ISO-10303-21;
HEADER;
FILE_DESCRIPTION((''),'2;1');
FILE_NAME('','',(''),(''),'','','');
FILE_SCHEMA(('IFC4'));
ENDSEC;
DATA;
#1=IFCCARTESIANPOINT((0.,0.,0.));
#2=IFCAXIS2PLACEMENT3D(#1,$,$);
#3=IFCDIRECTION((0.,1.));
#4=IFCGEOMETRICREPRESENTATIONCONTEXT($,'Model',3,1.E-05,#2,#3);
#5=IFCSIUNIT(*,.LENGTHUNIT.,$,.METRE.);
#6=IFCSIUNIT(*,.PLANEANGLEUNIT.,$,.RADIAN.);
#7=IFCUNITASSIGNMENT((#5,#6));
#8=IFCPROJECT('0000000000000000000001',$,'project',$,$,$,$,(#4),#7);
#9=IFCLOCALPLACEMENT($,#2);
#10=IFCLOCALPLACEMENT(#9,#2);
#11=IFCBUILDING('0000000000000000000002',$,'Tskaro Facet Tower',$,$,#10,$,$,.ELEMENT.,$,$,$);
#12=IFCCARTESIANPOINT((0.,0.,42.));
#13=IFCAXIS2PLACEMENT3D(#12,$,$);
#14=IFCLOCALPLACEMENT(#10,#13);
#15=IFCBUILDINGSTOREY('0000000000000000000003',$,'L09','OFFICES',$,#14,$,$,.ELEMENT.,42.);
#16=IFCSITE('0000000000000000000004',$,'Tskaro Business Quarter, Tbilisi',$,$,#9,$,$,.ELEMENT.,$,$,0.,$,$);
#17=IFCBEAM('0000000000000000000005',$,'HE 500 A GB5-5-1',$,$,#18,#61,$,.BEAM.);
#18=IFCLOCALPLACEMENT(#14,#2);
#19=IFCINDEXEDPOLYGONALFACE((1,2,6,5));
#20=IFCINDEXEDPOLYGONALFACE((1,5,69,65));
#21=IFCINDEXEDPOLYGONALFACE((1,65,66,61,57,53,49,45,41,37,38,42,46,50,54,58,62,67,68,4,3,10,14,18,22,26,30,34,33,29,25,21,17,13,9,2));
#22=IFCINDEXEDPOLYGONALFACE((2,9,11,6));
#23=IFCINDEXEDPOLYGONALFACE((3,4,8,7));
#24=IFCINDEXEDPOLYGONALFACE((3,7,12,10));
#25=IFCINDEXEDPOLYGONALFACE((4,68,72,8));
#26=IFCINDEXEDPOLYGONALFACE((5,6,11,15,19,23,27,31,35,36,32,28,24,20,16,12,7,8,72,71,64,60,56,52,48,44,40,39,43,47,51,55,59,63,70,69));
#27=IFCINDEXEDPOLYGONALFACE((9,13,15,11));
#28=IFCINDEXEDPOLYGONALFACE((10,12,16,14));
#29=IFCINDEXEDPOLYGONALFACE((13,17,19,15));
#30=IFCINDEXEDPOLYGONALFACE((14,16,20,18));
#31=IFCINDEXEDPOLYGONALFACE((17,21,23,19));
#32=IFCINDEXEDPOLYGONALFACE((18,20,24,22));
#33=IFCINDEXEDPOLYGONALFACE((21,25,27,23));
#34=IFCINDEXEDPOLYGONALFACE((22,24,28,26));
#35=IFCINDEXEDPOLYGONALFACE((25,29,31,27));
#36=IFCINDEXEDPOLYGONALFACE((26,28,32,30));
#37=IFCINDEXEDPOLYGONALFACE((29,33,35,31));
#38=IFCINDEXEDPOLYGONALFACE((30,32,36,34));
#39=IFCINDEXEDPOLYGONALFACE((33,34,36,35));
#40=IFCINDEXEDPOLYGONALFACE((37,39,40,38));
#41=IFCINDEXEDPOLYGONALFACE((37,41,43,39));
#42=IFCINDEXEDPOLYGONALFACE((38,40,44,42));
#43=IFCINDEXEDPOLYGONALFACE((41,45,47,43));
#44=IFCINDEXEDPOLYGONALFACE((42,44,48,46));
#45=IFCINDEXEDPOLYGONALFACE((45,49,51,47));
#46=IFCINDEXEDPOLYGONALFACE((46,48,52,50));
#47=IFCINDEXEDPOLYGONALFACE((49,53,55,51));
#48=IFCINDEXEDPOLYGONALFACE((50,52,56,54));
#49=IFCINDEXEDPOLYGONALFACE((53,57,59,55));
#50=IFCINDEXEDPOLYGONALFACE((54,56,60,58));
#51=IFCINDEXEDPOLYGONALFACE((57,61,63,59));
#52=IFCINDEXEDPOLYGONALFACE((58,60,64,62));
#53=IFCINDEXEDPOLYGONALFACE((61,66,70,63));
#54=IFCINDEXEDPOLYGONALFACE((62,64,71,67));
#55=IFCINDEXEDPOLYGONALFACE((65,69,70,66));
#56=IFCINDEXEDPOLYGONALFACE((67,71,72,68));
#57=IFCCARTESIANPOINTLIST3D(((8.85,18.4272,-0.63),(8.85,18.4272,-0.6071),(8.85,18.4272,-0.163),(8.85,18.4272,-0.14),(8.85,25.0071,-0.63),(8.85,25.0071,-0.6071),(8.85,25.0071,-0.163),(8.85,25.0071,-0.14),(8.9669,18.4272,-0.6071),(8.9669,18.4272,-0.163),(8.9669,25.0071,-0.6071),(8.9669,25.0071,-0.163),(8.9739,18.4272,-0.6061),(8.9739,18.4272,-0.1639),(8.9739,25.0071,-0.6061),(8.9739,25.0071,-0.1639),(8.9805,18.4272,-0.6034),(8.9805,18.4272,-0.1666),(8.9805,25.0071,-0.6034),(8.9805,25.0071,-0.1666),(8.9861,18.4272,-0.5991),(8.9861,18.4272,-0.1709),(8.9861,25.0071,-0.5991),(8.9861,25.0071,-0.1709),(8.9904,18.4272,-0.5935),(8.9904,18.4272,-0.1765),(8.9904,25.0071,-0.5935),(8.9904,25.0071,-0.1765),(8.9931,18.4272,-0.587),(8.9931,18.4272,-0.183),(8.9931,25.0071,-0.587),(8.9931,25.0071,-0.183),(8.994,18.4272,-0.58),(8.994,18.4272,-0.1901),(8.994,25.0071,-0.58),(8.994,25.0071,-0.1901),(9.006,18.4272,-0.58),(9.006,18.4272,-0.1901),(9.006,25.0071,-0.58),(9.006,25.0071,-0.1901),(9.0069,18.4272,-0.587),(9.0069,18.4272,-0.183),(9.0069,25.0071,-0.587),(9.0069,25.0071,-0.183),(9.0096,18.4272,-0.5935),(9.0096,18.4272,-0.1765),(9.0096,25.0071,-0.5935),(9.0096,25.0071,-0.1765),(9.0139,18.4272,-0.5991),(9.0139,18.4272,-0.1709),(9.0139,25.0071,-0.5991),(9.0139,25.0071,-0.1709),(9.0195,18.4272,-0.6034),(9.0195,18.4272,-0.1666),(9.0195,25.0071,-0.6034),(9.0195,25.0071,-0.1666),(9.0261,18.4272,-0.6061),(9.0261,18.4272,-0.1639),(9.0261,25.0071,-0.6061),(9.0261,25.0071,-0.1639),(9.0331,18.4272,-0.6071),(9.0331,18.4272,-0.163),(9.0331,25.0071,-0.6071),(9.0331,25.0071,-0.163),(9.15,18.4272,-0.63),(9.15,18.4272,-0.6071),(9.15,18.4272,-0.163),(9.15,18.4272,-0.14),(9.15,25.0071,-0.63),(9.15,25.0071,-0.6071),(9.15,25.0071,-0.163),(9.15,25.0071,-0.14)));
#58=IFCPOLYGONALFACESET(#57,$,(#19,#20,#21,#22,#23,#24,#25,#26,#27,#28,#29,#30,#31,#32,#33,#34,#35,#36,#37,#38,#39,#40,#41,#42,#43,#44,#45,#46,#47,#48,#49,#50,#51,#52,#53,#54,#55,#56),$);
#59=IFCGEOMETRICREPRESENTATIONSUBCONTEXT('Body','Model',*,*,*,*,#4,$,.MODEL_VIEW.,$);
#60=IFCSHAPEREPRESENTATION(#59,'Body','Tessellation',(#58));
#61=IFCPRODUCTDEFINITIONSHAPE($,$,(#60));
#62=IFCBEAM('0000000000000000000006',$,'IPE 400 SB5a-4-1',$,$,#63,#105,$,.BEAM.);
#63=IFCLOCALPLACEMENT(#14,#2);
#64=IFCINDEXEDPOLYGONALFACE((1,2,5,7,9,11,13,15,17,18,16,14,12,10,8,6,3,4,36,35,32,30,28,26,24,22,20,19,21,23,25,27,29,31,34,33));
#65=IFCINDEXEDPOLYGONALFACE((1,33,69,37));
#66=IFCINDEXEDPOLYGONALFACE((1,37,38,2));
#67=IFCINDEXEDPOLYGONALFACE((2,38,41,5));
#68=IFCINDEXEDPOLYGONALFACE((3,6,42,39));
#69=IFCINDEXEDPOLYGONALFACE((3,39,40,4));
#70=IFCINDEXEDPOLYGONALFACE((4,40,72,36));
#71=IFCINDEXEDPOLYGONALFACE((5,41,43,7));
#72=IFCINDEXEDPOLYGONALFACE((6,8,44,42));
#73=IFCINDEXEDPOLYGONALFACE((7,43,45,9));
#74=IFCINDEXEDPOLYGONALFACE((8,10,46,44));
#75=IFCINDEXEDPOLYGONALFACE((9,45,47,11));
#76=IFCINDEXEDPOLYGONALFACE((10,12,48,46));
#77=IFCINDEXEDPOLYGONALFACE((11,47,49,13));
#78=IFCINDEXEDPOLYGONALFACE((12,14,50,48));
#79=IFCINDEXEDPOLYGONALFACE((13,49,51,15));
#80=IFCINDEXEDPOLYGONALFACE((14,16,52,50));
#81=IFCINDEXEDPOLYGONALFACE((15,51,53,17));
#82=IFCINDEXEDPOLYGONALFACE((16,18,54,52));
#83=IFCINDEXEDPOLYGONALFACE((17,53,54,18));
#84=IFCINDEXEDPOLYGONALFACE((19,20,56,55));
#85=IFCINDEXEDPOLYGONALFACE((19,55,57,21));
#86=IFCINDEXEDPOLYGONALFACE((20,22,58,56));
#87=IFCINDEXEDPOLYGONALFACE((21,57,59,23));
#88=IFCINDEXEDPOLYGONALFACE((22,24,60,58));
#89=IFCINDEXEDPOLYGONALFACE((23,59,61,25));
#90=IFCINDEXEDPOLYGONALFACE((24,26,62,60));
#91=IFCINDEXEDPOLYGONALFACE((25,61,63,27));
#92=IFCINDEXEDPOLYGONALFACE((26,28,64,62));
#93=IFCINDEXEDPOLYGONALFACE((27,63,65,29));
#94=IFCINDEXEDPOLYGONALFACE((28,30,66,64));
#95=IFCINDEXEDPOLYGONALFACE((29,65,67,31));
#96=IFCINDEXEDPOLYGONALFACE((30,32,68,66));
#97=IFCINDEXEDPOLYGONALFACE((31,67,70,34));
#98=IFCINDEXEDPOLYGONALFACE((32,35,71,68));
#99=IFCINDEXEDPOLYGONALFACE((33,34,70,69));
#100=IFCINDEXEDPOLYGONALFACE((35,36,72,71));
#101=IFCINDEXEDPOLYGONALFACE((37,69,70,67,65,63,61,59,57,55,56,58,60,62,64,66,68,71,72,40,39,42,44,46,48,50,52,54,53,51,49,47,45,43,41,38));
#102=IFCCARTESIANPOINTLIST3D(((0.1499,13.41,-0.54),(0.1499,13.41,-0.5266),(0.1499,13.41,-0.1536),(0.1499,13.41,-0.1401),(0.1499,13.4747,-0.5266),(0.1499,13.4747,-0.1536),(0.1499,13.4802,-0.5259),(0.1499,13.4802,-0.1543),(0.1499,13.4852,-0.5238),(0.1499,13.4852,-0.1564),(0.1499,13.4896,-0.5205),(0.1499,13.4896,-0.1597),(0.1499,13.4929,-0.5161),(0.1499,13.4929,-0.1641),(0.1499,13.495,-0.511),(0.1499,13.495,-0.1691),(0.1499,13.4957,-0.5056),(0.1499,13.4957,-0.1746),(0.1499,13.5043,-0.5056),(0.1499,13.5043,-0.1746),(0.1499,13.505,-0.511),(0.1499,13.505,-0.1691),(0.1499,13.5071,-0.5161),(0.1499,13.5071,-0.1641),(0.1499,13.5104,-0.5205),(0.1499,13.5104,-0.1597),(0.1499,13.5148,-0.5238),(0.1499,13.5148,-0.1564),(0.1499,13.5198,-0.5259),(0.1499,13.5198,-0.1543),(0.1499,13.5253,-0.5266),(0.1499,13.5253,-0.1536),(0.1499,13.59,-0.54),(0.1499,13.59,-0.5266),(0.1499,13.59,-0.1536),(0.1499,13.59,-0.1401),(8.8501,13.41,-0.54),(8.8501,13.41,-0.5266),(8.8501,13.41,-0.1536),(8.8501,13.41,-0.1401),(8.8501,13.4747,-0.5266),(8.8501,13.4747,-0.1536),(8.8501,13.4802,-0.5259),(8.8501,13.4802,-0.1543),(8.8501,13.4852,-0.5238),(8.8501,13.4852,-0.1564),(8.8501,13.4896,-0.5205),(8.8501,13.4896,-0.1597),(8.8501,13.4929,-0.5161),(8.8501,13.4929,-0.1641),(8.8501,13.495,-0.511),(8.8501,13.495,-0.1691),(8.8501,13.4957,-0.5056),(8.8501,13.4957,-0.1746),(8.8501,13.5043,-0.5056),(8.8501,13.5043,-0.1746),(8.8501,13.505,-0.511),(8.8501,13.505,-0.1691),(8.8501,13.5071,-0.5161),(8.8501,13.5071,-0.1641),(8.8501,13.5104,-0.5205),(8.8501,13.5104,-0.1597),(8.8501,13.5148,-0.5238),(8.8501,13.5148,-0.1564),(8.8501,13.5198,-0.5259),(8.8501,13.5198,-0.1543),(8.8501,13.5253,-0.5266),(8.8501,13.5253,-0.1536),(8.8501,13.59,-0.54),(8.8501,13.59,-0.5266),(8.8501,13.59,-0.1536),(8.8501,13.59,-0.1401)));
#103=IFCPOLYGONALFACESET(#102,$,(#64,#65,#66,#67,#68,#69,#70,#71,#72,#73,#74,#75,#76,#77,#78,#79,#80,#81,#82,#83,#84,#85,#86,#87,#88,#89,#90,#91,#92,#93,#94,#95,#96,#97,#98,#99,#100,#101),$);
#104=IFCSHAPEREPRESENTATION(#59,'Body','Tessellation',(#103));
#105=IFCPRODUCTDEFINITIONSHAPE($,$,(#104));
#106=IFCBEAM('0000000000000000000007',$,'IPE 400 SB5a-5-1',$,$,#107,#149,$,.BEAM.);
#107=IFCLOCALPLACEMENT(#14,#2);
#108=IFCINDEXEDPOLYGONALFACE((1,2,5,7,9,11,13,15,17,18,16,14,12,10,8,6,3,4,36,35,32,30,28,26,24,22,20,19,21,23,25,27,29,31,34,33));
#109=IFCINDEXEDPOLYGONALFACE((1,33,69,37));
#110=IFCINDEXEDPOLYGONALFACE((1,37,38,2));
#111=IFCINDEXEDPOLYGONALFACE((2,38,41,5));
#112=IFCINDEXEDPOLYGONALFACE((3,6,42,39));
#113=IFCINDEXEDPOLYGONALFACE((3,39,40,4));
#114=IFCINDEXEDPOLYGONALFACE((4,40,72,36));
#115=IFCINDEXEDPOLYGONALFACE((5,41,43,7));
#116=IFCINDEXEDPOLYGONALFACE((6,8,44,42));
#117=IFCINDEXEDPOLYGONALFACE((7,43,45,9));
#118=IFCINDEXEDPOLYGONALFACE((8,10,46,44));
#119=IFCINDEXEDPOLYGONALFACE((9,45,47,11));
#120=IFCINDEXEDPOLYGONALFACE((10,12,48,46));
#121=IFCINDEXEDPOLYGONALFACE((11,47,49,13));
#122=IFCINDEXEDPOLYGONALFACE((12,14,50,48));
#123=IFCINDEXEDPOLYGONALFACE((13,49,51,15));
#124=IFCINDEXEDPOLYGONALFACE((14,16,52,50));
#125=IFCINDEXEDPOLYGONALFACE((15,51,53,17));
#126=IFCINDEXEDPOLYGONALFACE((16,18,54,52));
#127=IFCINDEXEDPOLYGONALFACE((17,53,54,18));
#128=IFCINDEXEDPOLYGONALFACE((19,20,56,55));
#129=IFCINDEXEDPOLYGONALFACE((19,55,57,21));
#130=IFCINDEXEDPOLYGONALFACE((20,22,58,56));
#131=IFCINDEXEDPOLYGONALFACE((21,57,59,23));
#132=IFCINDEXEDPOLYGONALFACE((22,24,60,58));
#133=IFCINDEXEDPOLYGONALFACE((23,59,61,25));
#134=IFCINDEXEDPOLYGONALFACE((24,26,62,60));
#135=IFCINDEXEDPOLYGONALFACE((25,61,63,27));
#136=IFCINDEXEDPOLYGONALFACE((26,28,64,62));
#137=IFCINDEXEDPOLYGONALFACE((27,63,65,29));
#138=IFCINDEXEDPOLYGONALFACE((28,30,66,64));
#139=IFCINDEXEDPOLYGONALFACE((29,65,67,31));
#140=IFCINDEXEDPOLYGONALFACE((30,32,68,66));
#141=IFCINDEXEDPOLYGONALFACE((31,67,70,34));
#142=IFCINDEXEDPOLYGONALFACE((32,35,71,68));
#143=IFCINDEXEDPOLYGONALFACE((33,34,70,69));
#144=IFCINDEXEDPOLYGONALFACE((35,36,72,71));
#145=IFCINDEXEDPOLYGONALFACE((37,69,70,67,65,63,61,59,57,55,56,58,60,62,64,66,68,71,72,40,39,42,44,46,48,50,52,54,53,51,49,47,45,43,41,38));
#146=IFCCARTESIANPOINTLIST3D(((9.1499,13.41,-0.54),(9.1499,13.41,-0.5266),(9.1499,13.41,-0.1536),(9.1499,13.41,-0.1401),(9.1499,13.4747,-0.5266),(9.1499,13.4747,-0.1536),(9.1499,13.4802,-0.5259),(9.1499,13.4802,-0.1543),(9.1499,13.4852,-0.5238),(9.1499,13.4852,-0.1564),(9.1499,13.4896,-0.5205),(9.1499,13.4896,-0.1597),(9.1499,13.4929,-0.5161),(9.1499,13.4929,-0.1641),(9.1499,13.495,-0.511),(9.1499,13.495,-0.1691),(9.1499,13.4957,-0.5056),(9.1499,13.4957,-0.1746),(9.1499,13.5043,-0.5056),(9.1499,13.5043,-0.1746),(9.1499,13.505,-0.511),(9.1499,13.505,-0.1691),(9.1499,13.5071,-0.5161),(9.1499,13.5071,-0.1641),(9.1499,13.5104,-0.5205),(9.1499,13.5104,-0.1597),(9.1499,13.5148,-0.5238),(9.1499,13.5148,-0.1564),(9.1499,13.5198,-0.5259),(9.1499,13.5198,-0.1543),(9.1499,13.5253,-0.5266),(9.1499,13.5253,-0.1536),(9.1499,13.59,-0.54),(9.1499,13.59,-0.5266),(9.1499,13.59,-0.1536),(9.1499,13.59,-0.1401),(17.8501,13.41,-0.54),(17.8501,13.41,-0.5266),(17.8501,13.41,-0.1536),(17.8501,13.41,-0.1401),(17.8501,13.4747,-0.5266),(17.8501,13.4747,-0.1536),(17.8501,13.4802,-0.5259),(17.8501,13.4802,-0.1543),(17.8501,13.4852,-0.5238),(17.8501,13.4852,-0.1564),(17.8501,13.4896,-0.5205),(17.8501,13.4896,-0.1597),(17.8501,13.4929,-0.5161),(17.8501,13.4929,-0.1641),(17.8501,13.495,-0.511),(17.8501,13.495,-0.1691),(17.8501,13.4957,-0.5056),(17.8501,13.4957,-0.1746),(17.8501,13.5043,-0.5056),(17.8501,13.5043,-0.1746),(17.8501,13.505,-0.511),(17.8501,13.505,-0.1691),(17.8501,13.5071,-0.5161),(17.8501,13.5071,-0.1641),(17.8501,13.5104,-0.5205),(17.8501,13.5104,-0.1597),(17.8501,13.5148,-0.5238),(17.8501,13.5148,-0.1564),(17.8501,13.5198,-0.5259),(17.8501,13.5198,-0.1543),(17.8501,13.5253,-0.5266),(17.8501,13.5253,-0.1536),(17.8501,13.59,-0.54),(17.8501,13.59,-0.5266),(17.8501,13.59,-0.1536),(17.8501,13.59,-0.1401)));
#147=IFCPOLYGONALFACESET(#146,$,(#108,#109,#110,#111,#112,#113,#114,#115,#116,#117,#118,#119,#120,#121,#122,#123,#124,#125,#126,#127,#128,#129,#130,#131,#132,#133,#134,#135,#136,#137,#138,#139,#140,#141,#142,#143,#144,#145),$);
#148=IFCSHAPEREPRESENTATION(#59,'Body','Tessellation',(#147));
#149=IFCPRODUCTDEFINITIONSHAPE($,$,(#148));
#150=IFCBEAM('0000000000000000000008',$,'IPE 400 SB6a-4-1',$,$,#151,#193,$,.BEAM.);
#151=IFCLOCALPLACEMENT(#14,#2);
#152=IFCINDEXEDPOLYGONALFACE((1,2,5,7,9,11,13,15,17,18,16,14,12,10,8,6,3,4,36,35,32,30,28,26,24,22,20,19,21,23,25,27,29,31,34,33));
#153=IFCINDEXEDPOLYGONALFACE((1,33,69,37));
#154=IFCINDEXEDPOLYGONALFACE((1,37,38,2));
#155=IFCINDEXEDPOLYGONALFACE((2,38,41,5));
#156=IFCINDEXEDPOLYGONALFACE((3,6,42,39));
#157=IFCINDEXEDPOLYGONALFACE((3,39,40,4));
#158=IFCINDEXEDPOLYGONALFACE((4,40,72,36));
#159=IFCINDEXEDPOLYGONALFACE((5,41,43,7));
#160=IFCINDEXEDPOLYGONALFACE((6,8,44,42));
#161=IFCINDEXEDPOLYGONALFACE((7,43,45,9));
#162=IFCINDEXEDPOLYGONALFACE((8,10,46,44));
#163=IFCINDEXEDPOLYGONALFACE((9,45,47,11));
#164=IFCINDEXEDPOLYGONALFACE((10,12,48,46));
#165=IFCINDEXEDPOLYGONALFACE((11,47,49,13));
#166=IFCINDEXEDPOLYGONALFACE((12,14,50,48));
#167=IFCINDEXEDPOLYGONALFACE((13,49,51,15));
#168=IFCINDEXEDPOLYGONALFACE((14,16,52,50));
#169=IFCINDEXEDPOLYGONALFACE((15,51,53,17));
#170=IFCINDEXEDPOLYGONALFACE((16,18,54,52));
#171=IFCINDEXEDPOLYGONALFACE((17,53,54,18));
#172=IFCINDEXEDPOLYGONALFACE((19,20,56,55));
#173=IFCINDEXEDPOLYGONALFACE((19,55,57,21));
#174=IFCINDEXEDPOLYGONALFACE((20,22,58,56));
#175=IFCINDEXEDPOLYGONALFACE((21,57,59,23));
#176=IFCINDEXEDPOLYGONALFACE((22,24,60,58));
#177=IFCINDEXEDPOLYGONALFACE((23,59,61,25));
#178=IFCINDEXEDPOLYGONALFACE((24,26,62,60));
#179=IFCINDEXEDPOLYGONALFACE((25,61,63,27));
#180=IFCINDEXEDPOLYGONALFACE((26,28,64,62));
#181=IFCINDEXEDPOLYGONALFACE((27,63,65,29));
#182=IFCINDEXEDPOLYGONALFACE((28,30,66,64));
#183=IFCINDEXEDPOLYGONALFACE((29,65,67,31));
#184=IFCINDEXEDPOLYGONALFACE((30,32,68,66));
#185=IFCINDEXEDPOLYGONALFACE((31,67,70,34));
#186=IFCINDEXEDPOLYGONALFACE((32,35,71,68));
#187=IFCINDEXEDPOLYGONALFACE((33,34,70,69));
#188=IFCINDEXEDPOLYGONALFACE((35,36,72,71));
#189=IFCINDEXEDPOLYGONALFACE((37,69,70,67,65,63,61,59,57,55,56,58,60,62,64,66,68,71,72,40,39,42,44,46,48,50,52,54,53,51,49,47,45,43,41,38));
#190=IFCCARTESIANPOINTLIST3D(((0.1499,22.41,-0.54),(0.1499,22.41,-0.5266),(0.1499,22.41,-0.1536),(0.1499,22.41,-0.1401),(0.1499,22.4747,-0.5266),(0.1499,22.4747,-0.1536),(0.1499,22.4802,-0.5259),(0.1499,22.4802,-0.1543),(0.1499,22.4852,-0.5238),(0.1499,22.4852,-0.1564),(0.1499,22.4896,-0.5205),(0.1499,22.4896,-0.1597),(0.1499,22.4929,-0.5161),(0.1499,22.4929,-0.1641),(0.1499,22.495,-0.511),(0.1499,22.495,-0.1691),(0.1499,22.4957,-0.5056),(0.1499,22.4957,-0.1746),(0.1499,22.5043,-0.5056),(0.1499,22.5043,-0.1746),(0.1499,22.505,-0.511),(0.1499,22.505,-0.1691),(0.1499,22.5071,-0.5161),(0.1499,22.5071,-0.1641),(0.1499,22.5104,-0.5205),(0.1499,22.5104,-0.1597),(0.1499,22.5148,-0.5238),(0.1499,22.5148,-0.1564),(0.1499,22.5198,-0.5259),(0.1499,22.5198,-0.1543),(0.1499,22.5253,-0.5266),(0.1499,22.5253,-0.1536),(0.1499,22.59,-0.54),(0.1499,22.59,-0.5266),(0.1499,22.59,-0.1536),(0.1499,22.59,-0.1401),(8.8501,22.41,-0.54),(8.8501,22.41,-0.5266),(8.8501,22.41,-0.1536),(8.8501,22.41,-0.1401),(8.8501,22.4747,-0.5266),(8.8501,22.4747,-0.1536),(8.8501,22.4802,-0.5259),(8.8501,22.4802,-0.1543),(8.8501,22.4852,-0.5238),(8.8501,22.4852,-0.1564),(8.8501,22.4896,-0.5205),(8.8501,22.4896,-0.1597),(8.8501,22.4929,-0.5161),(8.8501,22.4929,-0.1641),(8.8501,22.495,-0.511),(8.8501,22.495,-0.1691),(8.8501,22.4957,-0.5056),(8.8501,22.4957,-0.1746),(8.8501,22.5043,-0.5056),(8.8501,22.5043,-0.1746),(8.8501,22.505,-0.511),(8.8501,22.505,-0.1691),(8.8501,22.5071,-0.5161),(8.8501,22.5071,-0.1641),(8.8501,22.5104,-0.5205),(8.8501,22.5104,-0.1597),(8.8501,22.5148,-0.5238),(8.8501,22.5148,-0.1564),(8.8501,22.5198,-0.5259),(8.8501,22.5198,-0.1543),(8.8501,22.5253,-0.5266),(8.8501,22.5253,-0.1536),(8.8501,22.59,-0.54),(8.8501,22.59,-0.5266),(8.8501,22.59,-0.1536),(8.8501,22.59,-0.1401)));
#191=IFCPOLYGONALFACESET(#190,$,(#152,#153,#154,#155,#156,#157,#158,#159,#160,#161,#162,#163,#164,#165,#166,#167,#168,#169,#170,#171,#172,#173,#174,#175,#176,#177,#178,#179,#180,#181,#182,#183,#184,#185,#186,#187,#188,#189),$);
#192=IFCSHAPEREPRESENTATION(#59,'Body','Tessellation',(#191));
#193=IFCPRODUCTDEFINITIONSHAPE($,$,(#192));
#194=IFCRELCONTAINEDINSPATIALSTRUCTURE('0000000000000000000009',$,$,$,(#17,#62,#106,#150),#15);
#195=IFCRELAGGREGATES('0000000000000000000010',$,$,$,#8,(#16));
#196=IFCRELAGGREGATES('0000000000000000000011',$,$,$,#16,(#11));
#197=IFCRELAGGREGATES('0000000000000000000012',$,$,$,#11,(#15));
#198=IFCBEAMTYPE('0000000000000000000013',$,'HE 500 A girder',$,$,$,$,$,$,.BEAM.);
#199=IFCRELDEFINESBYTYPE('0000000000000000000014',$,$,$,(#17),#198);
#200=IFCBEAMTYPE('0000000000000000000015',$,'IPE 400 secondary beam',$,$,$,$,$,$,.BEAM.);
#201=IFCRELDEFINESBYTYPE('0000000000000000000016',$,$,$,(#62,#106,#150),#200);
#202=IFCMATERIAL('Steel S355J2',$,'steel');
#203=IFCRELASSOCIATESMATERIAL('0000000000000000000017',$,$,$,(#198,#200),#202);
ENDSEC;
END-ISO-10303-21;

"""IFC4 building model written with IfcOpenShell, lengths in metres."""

from ifc_helpers import new_model, si_unit, direction, frame, origin, origin_2d, place, context, subcontext, project, spatial, i_section, extrude, material, material_profile, profile_set, type_object, element, save


model = new_model("IFC4")

# Units and contexts
model_context = context("Model", 3, precision=1e-05, world=origin(), true_north=direction((0.0, 1.0)))
body_context = subcontext(model_context, "Body", "Model", "MODEL_VIEW")
ifc_project = project(units=[si_unit("LENGTHUNIT", "METRE"), si_unit("PLANEANGLEUNIT", "RADIAN")], contexts=[model_context])

# Site, building, storey
site_placement = place(None, origin())
site = spatial("IfcSite", under=ifc_project, at=site_placement, Name="Tskaro Business Quarter, Tbilisi", CompositionType="ELEMENT", RefElevation=0.0)
building_placement = place(site_placement, origin())
building = spatial("IfcBuilding", under=site, at=building_placement, Name="Tskaro Facet Tower", CompositionType="ELEMENT")
storey_placement = place(building_placement, frame((0.0, 0.0, 42.0)))
storey = spatial("IfcBuildingStorey", under=building, at=storey_placement, Name="L09", Description="OFFICES", CompositionType="ELEMENT", Elevation=42.0)

# Beams
ifc_material_1 = material(Name="Steel S355J2", Category="steel")
ifc_material_profile_1 = material_profile(ifc_material_1, i_section(OverallWidth=0.3, OverallDepth=0.49, WebThickness=0.012, FlangeThickness=0.0229, FilletRadius=0.0271, at=origin_2d()), Name="HE 500 A")
ifc_profile_set_1 = profile_set([ifc_material_profile_1], Name="Steel S355J2")
beam_type_1 = type_object("IfcBeamType", Name="HE 500 A girder", PredefinedType="BEAM", material=ifc_profile_set_1)
for number, where, z_axis, x_axis, name in (
    (1, (9.0, 18.4272, -0.385), (0.0, 1.0, 0.0), (-1.0, 0.0, 0.0), "HE 500 A GB5-5-1"),
):
    element("IfcBeam", number, at=place(storey_placement, frame(where, z_axis=z_axis, x_axis=x_axis)), inside=storey, type_object=beam_type_1, Name=name, PredefinedType="BEAM", context=body_context, shape_type="SweptSolid", body=[
        extrude(i_section(OverallWidth=0.3, OverallDepth=0.49, WebThickness=0.012, FlangeThickness=0.0229, FilletRadius=0.0271, at=origin_2d()), origin(), (0.0, 0.0, 1.0), 6.5798),
    ])
ifc_material_profile_2 = material_profile(ifc_material_1, i_section(OverallWidth=0.1799, OverallDepth=0.3999, WebThickness=0.0085, FlangeThickness=0.0134, FilletRadius=0.021, at=origin_2d()), Name="IPE 400")
ifc_profile_set_2 = profile_set([ifc_material_profile_2], Name="Steel S355J2")
beam_type_2 = type_object("IfcBeamType", Name="IPE 400 secondary beam", PredefinedType="BEAM", material=ifc_profile_set_2)
for number, where, z_axis, x_axis, name in (
    (2, (0.1499, 13.5, -0.3401), (1.0, 0.0, 0.0), (0.0, 1.0, 0.0), "IPE 400 SB5a-4-1"),
    (3, (9.1499, 13.5, -0.3401), (1.0, 0.0, 0.0), (0.0, 1.0, 0.0), "IPE 400 SB5a-5-1"),
    (4, (0.1499, 22.5, -0.3401), (1.0, 0.0, 0.0), (0.0, 1.0, 0.0), "IPE 400 SB6a-4-1"),
):
    element("IfcBeam", number, at=place(storey_placement, frame(where, z_axis=z_axis, x_axis=x_axis)), inside=storey, type_object=beam_type_2, Name=name, PredefinedType="BEAM", context=body_context, shape_type="SweptSolid", body=[
        extrude(i_section(OverallWidth=0.1799, OverallDepth=0.3999, WebThickness=0.0085, FlangeThickness=0.0134, FilletRadius=0.021, at=origin_2d()), origin(), (0.0, 0.0, 1.0), 8.7002),
    ])

save(model, "model.ifc")
